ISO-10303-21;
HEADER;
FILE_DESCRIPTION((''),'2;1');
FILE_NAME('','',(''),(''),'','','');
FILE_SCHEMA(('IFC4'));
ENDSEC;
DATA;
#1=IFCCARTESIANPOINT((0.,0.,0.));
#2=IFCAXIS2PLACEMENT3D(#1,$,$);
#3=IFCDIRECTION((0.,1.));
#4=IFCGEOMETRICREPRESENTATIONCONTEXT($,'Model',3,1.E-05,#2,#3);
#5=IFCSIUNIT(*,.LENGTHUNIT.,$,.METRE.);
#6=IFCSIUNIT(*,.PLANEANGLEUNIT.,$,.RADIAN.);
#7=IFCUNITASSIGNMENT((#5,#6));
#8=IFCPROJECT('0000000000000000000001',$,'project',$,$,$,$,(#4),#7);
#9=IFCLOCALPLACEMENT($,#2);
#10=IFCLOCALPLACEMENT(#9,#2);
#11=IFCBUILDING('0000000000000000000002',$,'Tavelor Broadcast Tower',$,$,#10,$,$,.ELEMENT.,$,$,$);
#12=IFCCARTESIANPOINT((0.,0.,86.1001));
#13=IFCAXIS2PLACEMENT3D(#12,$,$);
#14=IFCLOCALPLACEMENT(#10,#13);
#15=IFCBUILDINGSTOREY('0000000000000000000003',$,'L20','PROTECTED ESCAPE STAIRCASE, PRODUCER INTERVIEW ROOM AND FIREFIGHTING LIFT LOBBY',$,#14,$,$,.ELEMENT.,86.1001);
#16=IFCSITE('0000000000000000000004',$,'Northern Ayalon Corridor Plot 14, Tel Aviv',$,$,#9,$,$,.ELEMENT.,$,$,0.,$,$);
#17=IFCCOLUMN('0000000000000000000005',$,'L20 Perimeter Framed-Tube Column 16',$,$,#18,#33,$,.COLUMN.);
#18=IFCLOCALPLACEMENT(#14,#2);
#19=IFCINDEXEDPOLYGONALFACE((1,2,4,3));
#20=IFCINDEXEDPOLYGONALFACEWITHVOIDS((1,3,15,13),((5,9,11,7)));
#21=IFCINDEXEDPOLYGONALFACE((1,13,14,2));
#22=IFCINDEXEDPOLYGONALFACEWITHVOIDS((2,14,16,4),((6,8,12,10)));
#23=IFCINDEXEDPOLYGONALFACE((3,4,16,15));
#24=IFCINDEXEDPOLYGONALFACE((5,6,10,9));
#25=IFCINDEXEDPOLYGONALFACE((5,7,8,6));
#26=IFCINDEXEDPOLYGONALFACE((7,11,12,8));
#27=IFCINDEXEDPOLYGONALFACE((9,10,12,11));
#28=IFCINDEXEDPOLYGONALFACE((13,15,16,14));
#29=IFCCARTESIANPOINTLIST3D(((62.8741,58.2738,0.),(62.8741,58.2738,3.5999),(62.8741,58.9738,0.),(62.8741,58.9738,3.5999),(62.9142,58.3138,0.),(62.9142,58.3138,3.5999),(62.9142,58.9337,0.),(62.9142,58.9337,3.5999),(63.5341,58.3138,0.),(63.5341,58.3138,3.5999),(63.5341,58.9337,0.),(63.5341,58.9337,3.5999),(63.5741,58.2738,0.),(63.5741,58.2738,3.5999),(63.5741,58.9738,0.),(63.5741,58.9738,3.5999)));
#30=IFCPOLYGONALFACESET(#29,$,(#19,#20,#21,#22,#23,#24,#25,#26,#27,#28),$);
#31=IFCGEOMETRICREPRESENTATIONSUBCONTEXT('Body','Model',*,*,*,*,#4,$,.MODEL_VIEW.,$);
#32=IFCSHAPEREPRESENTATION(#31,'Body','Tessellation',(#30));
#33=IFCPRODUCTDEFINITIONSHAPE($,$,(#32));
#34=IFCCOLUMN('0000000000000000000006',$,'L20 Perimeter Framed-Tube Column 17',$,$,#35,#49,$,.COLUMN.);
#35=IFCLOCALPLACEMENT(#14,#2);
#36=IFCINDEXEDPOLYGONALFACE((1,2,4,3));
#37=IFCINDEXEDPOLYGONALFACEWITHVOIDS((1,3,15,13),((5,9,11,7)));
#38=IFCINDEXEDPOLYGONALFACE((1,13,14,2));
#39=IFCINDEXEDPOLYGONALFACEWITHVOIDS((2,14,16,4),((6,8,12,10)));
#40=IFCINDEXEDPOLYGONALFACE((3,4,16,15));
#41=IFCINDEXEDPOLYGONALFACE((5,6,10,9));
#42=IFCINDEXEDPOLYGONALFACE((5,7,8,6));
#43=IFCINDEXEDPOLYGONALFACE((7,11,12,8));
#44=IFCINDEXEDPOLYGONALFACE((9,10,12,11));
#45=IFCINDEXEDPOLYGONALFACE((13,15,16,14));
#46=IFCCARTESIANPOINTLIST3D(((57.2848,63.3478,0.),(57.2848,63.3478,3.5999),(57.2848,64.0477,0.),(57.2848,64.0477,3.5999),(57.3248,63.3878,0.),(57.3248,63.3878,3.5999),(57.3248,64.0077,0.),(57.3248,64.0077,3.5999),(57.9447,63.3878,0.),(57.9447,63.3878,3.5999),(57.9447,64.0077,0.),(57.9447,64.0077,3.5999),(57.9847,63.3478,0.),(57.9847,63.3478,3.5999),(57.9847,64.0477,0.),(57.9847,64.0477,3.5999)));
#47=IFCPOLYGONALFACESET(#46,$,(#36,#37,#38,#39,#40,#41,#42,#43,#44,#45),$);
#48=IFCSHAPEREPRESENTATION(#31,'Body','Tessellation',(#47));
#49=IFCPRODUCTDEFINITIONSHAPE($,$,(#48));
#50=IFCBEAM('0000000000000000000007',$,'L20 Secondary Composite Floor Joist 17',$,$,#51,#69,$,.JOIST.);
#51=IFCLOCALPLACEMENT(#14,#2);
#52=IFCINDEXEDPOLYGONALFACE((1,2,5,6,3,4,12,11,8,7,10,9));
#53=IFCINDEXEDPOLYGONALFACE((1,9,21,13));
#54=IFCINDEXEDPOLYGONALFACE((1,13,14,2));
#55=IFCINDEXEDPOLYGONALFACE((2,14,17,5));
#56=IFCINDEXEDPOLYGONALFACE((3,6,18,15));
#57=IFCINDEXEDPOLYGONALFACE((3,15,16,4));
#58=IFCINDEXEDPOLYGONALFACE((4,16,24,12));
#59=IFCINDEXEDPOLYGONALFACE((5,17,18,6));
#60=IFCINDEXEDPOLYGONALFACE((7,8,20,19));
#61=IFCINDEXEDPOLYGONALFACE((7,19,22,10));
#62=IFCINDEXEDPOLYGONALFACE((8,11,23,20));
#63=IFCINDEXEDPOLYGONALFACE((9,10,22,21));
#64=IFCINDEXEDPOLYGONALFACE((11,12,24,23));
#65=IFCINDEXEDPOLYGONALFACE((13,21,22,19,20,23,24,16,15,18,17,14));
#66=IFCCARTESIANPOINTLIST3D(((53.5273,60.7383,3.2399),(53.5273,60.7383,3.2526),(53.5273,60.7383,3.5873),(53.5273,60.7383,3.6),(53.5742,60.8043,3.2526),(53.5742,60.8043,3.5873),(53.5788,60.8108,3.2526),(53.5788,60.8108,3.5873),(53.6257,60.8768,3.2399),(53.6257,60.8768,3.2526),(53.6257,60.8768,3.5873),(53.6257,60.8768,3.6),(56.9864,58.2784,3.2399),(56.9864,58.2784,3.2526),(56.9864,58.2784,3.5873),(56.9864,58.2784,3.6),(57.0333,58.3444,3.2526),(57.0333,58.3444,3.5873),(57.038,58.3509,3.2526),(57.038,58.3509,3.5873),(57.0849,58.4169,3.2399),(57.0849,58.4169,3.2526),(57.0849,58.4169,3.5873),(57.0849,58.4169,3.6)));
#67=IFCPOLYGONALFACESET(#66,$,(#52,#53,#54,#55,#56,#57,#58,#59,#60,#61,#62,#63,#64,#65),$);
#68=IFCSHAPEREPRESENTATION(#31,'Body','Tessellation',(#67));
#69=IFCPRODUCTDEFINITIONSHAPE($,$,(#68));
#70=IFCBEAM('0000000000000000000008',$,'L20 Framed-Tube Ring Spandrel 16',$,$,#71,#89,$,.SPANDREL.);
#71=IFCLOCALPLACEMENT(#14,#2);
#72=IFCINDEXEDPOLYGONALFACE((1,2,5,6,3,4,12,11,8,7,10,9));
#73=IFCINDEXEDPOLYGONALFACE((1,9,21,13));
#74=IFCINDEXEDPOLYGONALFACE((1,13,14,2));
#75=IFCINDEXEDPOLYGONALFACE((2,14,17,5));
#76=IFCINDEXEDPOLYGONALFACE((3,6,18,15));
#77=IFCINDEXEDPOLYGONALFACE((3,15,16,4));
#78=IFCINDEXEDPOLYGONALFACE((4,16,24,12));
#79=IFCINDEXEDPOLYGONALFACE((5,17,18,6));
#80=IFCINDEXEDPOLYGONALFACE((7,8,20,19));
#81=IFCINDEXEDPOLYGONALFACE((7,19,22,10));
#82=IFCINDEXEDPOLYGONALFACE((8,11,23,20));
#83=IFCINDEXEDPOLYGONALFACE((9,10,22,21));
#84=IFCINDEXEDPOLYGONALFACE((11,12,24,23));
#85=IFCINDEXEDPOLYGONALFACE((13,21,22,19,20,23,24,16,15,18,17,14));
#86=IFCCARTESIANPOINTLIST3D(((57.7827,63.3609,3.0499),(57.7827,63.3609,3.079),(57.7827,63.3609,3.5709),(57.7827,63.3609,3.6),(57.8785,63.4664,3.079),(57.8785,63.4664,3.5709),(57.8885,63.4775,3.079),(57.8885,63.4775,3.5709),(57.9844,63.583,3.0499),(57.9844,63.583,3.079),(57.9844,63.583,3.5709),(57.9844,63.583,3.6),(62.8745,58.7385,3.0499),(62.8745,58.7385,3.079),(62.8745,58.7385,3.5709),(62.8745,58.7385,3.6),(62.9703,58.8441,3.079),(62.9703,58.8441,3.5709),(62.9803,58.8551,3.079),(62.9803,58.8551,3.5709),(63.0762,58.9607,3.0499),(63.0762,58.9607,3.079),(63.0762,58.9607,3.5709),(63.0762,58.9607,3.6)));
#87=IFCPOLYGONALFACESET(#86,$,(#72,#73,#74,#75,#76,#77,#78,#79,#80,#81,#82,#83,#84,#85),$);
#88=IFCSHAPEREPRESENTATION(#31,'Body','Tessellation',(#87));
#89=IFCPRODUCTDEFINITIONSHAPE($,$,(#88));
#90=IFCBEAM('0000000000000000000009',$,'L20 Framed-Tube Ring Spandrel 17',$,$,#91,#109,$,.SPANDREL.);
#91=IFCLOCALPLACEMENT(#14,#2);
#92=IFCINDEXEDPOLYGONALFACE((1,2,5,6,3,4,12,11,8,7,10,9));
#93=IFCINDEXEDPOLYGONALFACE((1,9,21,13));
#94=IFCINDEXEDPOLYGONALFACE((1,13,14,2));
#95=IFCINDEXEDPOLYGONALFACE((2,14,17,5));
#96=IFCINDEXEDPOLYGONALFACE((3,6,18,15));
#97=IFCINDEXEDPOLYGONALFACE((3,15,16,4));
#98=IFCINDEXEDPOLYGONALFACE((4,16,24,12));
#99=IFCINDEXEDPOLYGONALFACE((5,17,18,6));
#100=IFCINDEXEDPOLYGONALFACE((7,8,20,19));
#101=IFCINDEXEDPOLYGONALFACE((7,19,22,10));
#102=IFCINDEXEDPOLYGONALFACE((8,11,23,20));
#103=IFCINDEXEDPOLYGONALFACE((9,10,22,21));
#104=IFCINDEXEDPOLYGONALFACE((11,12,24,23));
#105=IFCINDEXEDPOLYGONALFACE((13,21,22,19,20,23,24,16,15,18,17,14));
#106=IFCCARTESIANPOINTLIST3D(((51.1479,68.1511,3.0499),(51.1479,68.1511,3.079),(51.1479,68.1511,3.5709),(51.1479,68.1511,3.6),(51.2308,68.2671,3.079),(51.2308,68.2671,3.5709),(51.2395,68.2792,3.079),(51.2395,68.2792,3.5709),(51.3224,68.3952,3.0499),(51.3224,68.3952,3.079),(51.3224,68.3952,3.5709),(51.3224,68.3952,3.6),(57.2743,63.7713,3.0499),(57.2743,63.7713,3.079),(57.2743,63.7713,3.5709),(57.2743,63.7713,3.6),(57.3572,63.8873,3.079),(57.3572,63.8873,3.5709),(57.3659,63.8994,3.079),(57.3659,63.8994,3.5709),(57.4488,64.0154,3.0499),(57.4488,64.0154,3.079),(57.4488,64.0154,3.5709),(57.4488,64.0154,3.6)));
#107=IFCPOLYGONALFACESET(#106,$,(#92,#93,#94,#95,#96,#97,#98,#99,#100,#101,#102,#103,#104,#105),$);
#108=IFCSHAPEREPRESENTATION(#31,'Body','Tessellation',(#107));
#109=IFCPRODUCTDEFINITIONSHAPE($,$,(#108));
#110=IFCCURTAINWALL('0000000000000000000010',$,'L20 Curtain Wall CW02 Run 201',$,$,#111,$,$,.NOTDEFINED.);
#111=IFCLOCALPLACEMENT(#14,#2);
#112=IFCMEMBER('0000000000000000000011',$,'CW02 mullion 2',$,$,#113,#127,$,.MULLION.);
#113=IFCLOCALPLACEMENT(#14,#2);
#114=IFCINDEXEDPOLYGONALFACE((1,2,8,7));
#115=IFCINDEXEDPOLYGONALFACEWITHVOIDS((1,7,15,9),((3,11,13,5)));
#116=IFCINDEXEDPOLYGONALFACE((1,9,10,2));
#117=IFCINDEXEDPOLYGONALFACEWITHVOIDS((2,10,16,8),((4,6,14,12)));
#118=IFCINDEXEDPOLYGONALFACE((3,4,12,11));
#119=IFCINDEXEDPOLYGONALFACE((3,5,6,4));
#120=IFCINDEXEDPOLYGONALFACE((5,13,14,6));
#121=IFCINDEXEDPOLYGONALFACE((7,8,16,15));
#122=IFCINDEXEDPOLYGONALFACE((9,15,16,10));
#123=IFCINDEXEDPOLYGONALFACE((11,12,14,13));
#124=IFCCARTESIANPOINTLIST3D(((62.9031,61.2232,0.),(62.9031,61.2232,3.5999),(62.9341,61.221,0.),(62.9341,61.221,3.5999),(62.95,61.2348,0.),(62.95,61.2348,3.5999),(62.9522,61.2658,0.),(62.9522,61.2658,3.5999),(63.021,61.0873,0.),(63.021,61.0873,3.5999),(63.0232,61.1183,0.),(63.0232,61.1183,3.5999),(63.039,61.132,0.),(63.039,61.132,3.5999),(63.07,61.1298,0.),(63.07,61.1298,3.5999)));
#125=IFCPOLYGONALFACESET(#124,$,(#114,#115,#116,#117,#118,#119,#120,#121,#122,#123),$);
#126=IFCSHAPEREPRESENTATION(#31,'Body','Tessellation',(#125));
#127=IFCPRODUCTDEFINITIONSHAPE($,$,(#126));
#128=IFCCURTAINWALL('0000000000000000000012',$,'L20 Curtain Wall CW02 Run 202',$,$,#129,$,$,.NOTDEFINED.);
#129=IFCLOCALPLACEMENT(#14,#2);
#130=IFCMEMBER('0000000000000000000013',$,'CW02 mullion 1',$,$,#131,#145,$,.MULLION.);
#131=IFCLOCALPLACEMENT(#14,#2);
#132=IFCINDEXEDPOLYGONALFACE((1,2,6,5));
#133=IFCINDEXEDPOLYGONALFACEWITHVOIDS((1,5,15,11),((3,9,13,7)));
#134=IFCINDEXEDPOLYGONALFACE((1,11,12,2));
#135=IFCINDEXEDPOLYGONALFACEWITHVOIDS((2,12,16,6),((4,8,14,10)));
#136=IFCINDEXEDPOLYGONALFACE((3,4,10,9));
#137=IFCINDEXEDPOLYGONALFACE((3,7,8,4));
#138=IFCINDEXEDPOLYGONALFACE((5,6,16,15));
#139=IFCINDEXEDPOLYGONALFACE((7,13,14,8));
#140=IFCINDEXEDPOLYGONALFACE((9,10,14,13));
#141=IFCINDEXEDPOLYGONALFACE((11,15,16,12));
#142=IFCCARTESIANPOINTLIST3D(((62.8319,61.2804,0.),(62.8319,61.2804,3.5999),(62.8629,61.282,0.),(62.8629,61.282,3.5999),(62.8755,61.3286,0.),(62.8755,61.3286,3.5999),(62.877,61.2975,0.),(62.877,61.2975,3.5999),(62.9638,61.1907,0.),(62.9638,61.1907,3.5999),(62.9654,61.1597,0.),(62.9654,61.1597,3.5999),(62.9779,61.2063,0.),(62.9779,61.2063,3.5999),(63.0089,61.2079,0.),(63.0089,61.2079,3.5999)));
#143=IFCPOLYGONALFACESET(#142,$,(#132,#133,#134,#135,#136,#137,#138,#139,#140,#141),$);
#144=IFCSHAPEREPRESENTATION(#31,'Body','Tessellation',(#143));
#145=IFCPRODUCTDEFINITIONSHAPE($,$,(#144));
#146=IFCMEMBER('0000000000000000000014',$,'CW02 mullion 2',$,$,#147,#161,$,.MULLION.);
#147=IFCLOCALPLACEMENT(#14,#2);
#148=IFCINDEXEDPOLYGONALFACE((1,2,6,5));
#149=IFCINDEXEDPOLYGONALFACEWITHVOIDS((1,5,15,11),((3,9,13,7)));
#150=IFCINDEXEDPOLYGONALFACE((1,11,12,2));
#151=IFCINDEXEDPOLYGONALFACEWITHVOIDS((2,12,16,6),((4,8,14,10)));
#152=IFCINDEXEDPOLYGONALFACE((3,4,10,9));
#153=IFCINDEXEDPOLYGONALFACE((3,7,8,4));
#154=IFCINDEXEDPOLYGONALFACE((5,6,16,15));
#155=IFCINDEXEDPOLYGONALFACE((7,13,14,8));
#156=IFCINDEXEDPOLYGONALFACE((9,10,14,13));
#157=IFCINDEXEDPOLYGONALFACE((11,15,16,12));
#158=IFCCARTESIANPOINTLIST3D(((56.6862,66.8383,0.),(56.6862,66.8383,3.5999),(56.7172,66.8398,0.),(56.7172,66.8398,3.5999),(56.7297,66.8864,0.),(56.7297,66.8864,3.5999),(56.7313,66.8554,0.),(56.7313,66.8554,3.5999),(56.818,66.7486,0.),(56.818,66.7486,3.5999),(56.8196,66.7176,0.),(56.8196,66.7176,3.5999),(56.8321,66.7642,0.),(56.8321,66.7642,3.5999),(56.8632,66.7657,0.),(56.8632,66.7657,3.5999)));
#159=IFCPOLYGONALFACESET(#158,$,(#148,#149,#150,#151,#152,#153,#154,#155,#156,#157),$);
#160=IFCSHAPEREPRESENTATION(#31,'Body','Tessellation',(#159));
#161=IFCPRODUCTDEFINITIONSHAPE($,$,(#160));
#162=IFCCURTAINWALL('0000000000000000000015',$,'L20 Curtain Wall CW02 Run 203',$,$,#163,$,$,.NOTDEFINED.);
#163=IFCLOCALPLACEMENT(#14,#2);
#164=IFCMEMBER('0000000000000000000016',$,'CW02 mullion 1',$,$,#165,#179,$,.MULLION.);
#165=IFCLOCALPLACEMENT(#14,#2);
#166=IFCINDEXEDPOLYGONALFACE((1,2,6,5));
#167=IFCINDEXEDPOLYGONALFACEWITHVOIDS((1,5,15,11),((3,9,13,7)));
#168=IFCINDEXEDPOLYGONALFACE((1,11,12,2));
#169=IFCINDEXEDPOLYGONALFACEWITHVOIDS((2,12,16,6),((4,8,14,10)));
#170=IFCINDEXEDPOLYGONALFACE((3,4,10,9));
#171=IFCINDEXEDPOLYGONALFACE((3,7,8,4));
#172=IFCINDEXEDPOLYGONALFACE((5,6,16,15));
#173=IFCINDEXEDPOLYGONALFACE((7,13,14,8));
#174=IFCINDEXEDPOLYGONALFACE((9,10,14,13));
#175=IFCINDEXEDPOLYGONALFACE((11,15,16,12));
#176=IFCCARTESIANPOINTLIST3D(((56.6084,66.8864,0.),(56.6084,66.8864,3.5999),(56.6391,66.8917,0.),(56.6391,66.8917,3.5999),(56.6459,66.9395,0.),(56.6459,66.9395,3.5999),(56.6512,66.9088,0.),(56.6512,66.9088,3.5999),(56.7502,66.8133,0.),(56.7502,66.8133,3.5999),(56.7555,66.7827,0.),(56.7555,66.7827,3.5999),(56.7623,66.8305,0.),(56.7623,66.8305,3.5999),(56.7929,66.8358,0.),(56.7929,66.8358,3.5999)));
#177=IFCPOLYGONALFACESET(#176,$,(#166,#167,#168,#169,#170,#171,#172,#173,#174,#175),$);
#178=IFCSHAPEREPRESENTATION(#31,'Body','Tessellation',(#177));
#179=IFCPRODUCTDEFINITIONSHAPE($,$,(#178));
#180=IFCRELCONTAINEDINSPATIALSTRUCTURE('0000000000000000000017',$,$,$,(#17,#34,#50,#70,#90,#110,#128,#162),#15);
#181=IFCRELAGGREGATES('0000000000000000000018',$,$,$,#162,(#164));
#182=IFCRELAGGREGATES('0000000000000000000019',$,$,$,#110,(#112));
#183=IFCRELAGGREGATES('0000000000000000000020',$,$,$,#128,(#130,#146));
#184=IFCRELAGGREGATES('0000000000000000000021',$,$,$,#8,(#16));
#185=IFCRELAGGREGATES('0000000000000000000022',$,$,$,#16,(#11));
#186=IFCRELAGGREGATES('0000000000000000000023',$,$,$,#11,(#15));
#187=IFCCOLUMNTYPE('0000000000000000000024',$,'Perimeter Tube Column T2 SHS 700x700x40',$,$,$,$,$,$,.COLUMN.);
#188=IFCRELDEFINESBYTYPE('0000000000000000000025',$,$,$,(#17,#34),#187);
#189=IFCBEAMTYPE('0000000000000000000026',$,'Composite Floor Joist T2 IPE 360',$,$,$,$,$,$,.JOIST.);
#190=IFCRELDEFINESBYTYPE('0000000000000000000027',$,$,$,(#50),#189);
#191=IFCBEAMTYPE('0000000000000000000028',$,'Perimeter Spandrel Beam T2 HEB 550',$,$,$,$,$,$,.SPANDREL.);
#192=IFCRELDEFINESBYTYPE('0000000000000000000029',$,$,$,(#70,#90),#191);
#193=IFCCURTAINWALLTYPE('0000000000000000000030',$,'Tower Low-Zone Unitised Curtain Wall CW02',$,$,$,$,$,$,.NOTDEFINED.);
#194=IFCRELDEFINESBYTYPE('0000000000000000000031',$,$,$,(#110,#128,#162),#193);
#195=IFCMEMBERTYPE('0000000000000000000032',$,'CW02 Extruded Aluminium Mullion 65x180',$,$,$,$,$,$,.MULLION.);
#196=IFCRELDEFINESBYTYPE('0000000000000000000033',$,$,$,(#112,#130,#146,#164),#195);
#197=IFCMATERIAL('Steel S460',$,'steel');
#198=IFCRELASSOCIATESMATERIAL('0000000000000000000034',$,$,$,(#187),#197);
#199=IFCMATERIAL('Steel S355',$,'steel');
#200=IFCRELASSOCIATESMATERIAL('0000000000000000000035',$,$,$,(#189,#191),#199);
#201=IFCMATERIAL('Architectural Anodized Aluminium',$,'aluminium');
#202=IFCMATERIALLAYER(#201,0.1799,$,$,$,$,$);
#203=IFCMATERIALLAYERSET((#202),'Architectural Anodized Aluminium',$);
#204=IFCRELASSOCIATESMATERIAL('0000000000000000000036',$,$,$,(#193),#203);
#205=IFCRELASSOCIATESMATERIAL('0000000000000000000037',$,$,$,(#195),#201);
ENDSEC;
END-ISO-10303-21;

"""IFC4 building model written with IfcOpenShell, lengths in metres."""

from ifc_helpers import new_model, si_unit, direction, frame, origin, origin_2d, place, context, subcontext, project, spatial, hollow_rectangle, i_section, extrude, source, transform, mapped, material, layer, layer_set, material_profile, profile_set, type_object, type_shapes, element, aggregate, save


model = new_model("IFC4")

# Units and contexts
model_context = context("Model", 3, precision=1e-05, world=origin(), true_north=direction((0.0, 1.0)))
body_context = subcontext(model_context, "Body", "Model", "MODEL_VIEW")
ifc_project = project(units=[si_unit("LENGTHUNIT", "METRE"), si_unit("PLANEANGLEUNIT", "RADIAN")], contexts=[model_context])

# Site, building, storey
site_placement = place(None, origin())
site = spatial("IfcSite", under=ifc_project, at=site_placement, Name="Northern Ayalon Corridor Plot 14, Tel Aviv", CompositionType="ELEMENT", RefElevation=0.0)
building_placement = place(site_placement, origin())
building = spatial("IfcBuilding", under=site, at=building_placement, Name="Tavelor Broadcast Tower", CompositionType="ELEMENT")
storey_placement = place(building_placement, frame((0.0, 0.0, 86.1001)))
storey = spatial("IfcBuildingStorey", under=building, at=storey_placement, Name="L20", Description="PROTECTED ESCAPE STAIRCASE, PRODUCER INTERVIEW ROOM AND FIREFIGHTING LIFT LOBBY", CompositionType="ELEMENT", Elevation=86.1001)

# Columns
ifc_material_1 = material(Name="Steel S460", Category="steel")
ifc_material_profile_1 = material_profile(ifc_material_1, hollow_rectangle(XDim=0.7, YDim=0.7, WallThickness=0.04, at=origin_2d()), Name="SHS 700x700x40")
ifc_profile_set_1 = profile_set([ifc_material_profile_1], Name="Steel S460")
column_type = type_object("IfcColumnType", Name="Perimeter Tube Column T2 SHS 700x700x40", PredefinedType="COLUMN", material=ifc_profile_set_1)
for number, where, z_axis, x_axis, name in (
    (1, (63.2241, 58.6238, 0.0), (0.0, 0.0, 1.0), (1.0, 0.0, 0.0), "L20 Perimeter Framed-Tube Column 16"),
    (2, (57.6348, 63.6978, 0.0), (0.0, 0.0, 1.0), (1.0, 0.0, 0.0), "L20 Perimeter Framed-Tube Column 17"),
):
    element("IfcColumn", number, at=place(storey_placement, frame(where, z_axis=z_axis, x_axis=x_axis)), inside=storey, type_object=column_type, Name=name, PredefinedType="COLUMN", context=body_context, shape_type="SweptSolid", body=[
        extrude(hollow_rectangle(XDim=0.7, YDim=0.7, WallThickness=0.04, at=origin_2d()), origin(), (0.0, 0.0, 1.0), 3.5999),
    ])

# Beams
ifc_material_2 = material(Name="Steel S355", Category="steel")
ifc_material_profile_2 = material_profile(ifc_material_2, i_section(OverallWidth=0.1699, OverallDepth=0.3601, WebThickness=0.0081, FlangeThickness=0.0127, at=origin_2d()), Name="IPE 360")
ifc_profile_set_2 = profile_set([ifc_material_profile_2], Name="Steel S355")
beam_type_1 = type_object("IfcBeamType", Name="Composite Floor Joist T2 IPE 360", PredefinedType="JOIST", material=ifc_profile_set_2)
beam_1_placement = place(storey_placement, frame((57.0356, 58.3477, 3.4199), z_axis=(-0.814948, 0.579534, 0.0), x_axis=(-0.579534, -0.814948, 0.0)))
element("IfcBeam", 3, at=beam_1_placement, inside=storey, type_object=beam_type_1, Name="L20 Secondary Composite Floor Joist 17", PredefinedType="JOIST", context=body_context, shape_type="SweptSolid", body=[
    extrude(i_section(OverallWidth=0.1699, OverallDepth=0.3601, WebThickness=0.0081, FlangeThickness=0.0127, at=origin_2d()), origin(), (0.0, 0.0, 1.0), 4.2446),
])
ifc_material_profile_3 = material_profile(ifc_material_2, i_section(OverallWidth=0.3, OverallDepth=0.55, WebThickness=0.0149, FlangeThickness=0.0291, at=origin_2d()), Name="HEB 550")
ifc_profile_set_3 = profile_set([ifc_material_profile_3], Name="Steel S355")
beam_type_2 = type_object("IfcBeamType", Name="Perimeter Spandrel Beam T2 HEB 550", PredefinedType="SPANDREL", material=ifc_profile_set_3)
beam_2_placement = place(storey_placement, frame((62.9753, 58.8496, 3.325), z_axis=(-0.740417, 0.672148, 0.0), x_axis=(-0.672148, -0.740417, 0.0)))
element("IfcBeam", 4, at=beam_2_placement, inside=storey, type_object=beam_type_2, Name="L20 Framed-Tube Ring Spandrel 16", PredefinedType="SPANDREL", context=body_context, shape_type="SweptSolid", body=[
    extrude(i_section(OverallWidth=0.3, OverallDepth=0.55, WebThickness=0.0149, FlangeThickness=0.0291, at=origin_2d()), origin(), (0.0, 0.0, 1.0), 6.877),
])
beam_3_placement = place(storey_placement, frame((57.3616, 63.8933, 3.325), z_axis=(-0.813492, 0.581575, 0.0), x_axis=(-0.581575, -0.813492, 0.0)))
element("IfcBeam", 5, at=beam_3_placement, inside=storey, type_object=beam_type_2, Name="L20 Framed-Tube Ring Spandrel 17", PredefinedType="SPANDREL", context=body_context, shape_type="SweptSolid", body=[
    extrude(i_section(OverallWidth=0.3, OverallDepth=0.55, WebThickness=0.0149, FlangeThickness=0.0291, at=origin_2d()), origin(), (0.0, 0.0, 1.0), 7.531),
])

# Curtain wall, member
ifc_material_3 = material(Name="Architectural Anodized Aluminium", Category="aluminium")
ifc_layer_1 = layer(ifc_material_3, 0.1799)
ifc_layer_set_1 = layer_set([ifc_layer_1], Name="Architectural Anodized Aluminium")
curtain_wall_type = type_object("IfcCurtainWallType", Name="Tower Low-Zone Unitised Curtain Wall CW02", PredefinedType="NOTDEFINED", material=ifc_layer_set_1)
curtain_wall_1_placement = place(storey_placement, origin())
curtain_wall_1 = element("IfcCurtainWall", 6, at=curtain_wall_1_placement, inside=storey, type_object=curtain_wall_type, Name="L20 Curtain Wall CW02 Run 201", PredefinedType="NOTDEFINED")
ifc_material_profile_4 = material_profile(ifc_material_3, hollow_rectangle(XDim=0.0649, YDim=0.1799, WallThickness=0.022, at=origin_2d()), Name="RHS 65x180x22")
ifc_profile_set_4 = profile_set([ifc_material_profile_4], Name="Architectural Anodized Aluminium")
member_type_1 = type_object("IfcMemberType", Name="CW02 Extruded Aluminium Mullion 65x180", PredefinedType="MULLION", material=ifc_profile_set_4)
shared_shape_1 = source(origin(), body_context, "Body", "SweptSolid", [
    extrude(hollow_rectangle(XDim=0.0649, YDim=0.1799, WallThickness=0.022, at=origin_2d()), origin(), (0.0, 0.0, 1.0), 3.5999),
])
type_shapes(member_type_1, [shared_shape_1])
member_1_placement = place(storey_placement, frame((62.9866, 61.1765, 0.0), z_axis=(0.0, 0.0, 1.0), x_axis=(-0.755565, -0.655074, 0.0)))
member_1 = element("IfcMember", 7, at=member_1_placement, type_object=member_type_1, Name="CW02 mullion 2", PredefinedType="MULLION", context=body_context, shape_type="MappedRepresentation", body=[
    mapped(shared_shape_1, transform((0.0, 0.0, 0.0), scale=1.0)),
])

# Curtain wall, members
curtain_wall_2_placement = place(storey_placement, origin())
curtain_wall_2 = element("IfcCurtainWall", 8, at=curtain_wall_2_placement, inside=storey, type_object=curtain_wall_type, Name="L20 Curtain Wall CW02 Run 202", PredefinedType="NOTDEFINED")
member_2_placement = place(storey_placement, frame((62.9204, 61.2441, 0.0), z_axis=(0.0, 0.0, 1.0), x_axis=(-0.670741, -0.741692, 0.0)))
member_2 = element("IfcMember", 9, at=member_2_placement, type_object=member_type_1, Name="CW02 mullion 1", PredefinedType="MULLION", context=body_context, shape_type="MappedRepresentation", body=[
    mapped(shared_shape_1, transform((0.0, 0.0, 0.0), scale=1.0)),
])
member_3_placement = place(storey_placement, frame((56.7747, 66.802, 0.0), z_axis=(0.0, 0.0, 1.0), x_axis=(-0.670741, -0.741692, 0.0)))
member_3 = element("IfcMember", 10, at=member_3_placement, type_object=member_type_1, Name="CW02 mullion 2", PredefinedType="MULLION", context=body_context, shape_type="MappedRepresentation", body=[
    mapped(shared_shape_1, transform((0.0, 0.0, 0.0), scale=1.0)),
])

# Curtain wall, member
curtain_wall_3_placement = place(storey_placement, origin())
curtain_wall_3 = element("IfcCurtainWall", 11, at=curtain_wall_3_placement, inside=storey, type_object=curtain_wall_type, Name="L20 Curtain Wall CW02 Run 203", PredefinedType="NOTDEFINED")
member_4_placement = place(storey_placement, frame((56.7007, 66.8611, 0.0), z_axis=(0.0, 0.0, 1.0), x_axis=(-0.576063, -0.817405, 0.0)))
member_4 = element("IfcMember", 12, at=member_4_placement, type_object=member_type_1, Name="CW02 mullion 1", PredefinedType="MULLION", context=body_context, shape_type="MappedRepresentation", body=[
    mapped(shared_shape_1, transform((0.0, 0.0, 0.0), scale=1.0)),
])

aggregate(curtain_wall_3, [member_4])

aggregate(curtain_wall_1, [member_1])
aggregate(curtain_wall_2, [member_2, member_3])

save(model, "model.ifc")
